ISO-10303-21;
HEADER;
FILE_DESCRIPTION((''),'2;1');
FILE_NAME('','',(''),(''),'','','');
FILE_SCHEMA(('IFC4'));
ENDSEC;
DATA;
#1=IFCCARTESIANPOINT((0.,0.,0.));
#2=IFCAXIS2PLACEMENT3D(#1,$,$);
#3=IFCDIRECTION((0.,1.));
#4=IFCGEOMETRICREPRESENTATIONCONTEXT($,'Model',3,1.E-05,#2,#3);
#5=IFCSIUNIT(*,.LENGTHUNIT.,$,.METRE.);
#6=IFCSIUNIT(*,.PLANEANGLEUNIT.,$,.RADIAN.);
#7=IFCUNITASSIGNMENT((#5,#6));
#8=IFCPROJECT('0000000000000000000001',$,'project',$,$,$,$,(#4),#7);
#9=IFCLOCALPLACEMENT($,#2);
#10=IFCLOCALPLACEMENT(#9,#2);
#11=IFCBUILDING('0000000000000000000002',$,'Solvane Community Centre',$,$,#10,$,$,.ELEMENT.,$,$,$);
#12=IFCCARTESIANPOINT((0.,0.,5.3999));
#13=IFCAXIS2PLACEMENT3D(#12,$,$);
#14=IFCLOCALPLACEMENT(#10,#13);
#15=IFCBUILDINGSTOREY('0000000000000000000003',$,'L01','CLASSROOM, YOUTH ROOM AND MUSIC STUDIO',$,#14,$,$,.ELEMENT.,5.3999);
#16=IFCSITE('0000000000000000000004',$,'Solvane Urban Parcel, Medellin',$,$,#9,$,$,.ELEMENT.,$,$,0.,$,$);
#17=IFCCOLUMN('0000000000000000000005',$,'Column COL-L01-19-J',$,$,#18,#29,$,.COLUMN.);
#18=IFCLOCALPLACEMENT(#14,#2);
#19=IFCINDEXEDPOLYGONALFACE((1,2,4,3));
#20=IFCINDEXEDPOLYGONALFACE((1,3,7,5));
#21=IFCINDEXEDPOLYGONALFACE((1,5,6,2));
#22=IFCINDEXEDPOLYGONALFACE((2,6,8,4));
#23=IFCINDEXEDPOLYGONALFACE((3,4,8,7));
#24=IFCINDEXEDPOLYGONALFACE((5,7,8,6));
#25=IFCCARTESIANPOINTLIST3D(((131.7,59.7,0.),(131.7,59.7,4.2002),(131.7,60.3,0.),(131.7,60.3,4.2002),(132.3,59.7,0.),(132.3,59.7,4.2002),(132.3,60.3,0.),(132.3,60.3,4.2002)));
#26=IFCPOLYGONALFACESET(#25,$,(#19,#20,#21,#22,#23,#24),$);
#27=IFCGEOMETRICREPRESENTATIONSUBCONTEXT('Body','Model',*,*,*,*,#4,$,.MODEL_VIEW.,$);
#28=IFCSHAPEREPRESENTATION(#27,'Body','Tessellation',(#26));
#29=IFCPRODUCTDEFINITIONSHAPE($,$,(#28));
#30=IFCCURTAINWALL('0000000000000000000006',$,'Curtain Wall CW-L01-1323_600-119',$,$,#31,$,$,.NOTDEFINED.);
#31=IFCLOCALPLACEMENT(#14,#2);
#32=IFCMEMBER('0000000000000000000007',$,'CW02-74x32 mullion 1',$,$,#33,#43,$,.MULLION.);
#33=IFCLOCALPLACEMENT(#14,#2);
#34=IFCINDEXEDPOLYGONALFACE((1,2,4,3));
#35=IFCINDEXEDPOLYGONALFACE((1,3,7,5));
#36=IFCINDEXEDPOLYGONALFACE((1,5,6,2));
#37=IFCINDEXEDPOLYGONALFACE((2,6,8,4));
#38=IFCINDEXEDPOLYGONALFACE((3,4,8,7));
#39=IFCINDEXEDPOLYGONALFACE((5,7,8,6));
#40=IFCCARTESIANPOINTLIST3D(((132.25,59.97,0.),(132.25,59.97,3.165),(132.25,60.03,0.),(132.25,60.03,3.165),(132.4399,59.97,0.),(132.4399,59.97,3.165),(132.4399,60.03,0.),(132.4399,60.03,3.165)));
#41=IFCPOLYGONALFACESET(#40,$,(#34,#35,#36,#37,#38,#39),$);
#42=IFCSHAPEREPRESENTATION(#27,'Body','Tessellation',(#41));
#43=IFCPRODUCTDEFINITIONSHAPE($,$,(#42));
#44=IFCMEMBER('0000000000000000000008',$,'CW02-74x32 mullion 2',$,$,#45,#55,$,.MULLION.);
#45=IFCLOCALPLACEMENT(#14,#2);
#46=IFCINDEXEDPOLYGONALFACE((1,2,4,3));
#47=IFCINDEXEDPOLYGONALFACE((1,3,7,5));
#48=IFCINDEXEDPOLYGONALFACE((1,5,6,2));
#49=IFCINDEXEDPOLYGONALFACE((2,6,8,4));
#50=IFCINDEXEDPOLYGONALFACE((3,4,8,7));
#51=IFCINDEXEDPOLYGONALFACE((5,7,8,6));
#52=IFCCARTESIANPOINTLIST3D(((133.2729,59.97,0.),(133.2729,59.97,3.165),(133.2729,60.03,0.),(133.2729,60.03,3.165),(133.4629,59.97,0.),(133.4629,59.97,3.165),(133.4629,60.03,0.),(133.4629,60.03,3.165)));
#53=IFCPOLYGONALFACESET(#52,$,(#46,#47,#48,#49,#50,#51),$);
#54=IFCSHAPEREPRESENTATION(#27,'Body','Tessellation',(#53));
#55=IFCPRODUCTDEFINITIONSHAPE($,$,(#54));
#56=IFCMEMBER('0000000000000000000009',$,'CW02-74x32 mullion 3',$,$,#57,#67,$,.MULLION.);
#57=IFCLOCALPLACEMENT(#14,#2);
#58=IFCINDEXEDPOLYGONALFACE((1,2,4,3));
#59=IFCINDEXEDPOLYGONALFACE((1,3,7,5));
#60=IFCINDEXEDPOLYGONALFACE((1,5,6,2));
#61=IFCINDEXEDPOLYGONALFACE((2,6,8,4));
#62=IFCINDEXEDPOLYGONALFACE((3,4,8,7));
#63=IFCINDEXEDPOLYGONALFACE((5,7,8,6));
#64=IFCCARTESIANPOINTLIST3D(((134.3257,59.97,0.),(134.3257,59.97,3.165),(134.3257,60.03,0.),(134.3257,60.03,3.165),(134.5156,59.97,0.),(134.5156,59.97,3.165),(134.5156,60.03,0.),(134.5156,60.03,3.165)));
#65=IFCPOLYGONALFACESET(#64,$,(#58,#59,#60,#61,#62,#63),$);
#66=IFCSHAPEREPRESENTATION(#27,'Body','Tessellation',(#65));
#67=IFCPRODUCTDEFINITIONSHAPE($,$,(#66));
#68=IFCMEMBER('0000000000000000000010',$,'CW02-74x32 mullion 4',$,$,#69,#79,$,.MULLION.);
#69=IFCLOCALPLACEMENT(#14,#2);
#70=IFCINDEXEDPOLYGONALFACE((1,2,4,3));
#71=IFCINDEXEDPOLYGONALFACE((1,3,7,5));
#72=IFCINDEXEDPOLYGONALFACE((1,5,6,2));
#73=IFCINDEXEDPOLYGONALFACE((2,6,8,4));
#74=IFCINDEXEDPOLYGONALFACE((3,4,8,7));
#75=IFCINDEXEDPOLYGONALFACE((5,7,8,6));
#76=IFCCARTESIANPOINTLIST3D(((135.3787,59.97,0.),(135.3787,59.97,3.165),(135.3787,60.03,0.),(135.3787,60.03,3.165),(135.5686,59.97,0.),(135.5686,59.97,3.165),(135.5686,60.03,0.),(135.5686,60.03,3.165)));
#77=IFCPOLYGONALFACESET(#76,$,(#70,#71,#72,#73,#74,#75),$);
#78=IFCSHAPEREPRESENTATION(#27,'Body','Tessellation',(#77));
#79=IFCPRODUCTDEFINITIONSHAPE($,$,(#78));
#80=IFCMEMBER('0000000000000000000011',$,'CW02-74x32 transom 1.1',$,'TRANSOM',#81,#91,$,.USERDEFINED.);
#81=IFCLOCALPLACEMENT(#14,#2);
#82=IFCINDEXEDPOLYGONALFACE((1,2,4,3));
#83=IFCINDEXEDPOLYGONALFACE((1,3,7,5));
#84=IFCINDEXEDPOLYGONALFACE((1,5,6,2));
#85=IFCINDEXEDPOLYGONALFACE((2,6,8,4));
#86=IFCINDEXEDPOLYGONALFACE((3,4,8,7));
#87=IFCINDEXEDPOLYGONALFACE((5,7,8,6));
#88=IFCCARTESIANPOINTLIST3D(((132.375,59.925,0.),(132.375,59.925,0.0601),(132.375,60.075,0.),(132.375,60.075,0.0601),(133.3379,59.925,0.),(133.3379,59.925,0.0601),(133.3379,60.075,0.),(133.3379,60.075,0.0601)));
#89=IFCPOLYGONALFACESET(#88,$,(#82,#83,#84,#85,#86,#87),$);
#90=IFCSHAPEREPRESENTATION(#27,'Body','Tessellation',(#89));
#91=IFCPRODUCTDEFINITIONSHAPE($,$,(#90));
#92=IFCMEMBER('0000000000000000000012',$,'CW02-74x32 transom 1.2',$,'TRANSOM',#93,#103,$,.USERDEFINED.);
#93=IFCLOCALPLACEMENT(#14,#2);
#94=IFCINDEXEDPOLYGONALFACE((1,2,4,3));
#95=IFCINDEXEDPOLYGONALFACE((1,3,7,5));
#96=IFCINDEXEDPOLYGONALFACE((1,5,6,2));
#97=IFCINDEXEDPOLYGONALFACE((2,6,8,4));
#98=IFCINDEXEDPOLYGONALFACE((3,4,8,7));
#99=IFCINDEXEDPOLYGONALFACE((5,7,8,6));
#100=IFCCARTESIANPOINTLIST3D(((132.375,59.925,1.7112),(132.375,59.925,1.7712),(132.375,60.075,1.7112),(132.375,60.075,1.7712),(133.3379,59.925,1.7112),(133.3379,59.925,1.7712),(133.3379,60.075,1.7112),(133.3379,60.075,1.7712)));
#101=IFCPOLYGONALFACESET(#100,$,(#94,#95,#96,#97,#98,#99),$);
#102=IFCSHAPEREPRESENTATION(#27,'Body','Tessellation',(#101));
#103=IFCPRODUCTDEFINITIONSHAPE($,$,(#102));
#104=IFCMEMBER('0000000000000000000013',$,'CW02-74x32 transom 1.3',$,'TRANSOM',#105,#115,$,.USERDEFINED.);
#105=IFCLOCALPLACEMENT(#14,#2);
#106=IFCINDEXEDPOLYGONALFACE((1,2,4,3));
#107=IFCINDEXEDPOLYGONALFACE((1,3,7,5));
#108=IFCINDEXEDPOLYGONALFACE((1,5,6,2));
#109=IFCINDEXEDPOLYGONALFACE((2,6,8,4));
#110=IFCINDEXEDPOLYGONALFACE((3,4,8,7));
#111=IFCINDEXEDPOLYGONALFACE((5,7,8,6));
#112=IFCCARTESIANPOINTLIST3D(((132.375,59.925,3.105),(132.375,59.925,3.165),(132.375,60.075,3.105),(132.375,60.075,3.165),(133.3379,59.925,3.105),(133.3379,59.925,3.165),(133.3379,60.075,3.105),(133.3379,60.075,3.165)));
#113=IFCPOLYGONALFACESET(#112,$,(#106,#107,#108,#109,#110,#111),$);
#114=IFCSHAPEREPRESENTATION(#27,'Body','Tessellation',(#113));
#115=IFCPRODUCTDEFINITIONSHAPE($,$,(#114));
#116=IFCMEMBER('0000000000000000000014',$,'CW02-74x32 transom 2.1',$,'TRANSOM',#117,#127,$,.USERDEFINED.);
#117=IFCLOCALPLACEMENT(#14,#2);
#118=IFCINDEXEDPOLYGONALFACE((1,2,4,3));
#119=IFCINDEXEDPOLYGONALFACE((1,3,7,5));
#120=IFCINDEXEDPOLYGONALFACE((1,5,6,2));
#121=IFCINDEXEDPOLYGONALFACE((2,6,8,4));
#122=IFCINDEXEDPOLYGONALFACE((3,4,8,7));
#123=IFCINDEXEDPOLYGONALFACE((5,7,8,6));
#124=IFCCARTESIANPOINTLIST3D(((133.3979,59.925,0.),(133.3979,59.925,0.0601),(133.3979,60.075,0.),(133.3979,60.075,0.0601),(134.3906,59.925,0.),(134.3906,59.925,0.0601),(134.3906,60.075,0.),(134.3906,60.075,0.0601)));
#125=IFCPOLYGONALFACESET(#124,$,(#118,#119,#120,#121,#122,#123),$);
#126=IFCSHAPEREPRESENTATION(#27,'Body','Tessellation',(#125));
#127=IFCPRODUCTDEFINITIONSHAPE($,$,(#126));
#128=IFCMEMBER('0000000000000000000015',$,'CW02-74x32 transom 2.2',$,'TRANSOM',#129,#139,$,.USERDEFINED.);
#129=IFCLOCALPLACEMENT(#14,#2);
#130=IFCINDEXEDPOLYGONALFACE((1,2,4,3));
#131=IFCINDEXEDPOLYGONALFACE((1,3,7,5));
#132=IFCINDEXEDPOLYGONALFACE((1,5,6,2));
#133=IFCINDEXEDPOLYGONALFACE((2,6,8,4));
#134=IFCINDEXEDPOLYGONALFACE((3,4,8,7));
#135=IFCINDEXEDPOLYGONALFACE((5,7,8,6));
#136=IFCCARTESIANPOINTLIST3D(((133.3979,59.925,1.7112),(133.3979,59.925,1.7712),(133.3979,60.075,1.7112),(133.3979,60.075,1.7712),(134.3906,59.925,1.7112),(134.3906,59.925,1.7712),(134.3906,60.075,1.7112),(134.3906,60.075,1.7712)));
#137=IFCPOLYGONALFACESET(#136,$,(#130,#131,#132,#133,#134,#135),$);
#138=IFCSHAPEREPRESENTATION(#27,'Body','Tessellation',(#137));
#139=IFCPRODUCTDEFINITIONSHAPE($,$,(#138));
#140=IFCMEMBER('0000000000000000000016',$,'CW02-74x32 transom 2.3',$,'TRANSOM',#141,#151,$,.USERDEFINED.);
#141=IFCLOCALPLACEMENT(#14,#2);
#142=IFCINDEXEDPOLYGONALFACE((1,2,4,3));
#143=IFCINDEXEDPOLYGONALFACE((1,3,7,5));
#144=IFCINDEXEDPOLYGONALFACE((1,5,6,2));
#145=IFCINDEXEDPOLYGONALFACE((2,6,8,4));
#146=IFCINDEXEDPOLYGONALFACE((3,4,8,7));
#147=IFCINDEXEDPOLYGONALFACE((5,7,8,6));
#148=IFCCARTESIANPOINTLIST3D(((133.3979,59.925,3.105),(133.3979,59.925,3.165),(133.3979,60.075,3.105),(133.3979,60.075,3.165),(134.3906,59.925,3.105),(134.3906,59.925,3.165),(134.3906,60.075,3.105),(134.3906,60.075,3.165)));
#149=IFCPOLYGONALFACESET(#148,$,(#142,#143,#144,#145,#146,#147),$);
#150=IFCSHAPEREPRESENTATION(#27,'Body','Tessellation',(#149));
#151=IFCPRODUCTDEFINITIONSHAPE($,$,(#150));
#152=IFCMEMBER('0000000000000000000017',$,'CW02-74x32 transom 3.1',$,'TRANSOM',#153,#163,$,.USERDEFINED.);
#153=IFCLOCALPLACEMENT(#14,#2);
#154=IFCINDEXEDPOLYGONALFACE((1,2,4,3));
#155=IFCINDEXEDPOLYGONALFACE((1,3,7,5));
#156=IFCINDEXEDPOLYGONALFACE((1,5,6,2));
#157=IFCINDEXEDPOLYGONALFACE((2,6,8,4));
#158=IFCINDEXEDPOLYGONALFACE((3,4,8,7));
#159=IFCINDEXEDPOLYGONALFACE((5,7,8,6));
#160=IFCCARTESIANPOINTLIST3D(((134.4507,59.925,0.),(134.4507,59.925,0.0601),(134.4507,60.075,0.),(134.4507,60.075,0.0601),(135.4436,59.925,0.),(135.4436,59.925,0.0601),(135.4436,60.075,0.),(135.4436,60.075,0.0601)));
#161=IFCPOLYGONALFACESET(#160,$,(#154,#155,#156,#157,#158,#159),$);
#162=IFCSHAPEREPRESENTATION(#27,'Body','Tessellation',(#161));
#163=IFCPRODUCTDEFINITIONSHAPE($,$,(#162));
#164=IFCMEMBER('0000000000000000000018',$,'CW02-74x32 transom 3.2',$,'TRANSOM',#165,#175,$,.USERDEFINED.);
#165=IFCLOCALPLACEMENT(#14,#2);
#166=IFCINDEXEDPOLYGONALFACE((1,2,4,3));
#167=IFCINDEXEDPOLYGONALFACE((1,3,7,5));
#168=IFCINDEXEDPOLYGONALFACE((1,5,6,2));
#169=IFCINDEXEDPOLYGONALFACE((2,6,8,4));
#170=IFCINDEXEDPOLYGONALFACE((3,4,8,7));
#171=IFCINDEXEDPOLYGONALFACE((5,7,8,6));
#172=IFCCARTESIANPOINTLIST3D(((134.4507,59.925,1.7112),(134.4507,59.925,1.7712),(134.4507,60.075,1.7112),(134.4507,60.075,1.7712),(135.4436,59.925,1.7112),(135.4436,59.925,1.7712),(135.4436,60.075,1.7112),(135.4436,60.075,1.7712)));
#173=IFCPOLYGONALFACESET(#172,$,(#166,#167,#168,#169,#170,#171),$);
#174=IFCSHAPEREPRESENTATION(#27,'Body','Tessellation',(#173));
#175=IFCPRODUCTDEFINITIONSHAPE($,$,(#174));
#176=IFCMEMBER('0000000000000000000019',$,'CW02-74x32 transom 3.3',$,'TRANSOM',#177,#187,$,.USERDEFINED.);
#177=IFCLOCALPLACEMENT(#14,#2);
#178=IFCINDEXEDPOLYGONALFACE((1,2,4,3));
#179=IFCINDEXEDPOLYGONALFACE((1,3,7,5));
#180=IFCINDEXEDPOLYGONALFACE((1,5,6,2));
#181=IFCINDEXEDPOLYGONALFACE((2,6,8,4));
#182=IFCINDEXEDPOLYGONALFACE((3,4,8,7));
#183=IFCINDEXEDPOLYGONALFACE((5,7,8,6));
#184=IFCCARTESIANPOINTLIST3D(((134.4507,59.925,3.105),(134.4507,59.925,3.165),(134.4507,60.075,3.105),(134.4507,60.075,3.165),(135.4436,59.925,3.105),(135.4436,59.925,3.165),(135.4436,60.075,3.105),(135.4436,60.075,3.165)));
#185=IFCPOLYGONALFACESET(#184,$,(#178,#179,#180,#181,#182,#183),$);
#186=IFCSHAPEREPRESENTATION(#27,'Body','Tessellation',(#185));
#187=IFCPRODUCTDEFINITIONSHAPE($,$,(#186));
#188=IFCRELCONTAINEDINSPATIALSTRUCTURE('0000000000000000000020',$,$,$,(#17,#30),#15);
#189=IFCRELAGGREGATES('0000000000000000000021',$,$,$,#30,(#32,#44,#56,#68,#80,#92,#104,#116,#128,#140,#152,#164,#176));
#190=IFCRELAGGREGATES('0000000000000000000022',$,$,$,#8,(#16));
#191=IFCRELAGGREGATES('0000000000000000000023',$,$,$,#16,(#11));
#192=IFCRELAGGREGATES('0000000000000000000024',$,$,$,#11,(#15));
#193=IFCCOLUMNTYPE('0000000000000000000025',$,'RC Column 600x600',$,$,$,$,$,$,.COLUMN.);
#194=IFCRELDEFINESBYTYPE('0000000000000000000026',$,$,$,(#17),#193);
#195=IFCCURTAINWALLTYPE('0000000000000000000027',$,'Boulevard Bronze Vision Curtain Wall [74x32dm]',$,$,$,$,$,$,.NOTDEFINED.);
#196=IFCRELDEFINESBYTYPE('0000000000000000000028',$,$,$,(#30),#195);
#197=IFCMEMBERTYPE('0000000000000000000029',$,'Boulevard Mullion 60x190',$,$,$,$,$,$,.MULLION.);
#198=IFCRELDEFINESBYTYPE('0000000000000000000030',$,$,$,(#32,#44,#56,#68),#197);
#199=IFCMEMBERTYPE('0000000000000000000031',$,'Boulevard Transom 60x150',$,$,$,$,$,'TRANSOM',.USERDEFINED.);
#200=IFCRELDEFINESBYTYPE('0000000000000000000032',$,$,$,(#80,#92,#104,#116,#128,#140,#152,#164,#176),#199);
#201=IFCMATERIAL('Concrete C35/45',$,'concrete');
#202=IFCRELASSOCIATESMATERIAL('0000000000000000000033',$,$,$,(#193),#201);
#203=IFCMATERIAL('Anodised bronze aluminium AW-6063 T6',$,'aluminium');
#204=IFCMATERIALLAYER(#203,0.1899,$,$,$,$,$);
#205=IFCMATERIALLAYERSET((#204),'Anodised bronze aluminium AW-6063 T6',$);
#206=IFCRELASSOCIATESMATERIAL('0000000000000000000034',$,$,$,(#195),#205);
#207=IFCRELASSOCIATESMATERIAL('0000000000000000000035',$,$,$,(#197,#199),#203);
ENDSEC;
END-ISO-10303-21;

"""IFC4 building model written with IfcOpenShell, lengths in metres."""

from ifc_helpers import new_model, si_unit, direction, frame, origin, origin_2d, place, context, subcontext, project, spatial, rectangle, extrude, material, layer, layer_set, material_profile, profile_set, type_object, element, aggregate, save


model = new_model("IFC4")

# Units and contexts
model_context = context("Model", 3, precision=1e-05, world=origin(), true_north=direction((0.0, 1.0)))
body_context = subcontext(model_context, "Body", "Model", "MODEL_VIEW")
ifc_project = project(units=[si_unit("LENGTHUNIT", "METRE"), si_unit("PLANEANGLEUNIT", "RADIAN")], contexts=[model_context])

# Site, building, storey
site_placement = place(None, origin())
site = spatial("IfcSite", under=ifc_project, at=site_placement, Name="Solvane Urban Parcel, Medellin", CompositionType="ELEMENT", RefElevation=0.0)
building_placement = place(site_placement, origin())
building = spatial("IfcBuilding", under=site, at=building_placement, Name="Solvane Community Centre", CompositionType="ELEMENT")
storey_placement = place(building_placement, frame((0.0, 0.0, 5.3999)))
storey = spatial("IfcBuildingStorey", under=building, at=storey_placement, Name="L01", Description="CLASSROOM, YOUTH ROOM AND MUSIC STUDIO", CompositionType="ELEMENT", Elevation=5.3999)

# Column
ifc_material_1 = material(Name="Concrete C35/45", Category="concrete")
ifc_material_profile_1 = material_profile(ifc_material_1, rectangle(XDim=0.6001, YDim=0.6001, at=origin_2d()), Name="RC 600x600")
ifc_profile_set_1 = profile_set([ifc_material_profile_1], Name="Concrete C35/45")
column_type = type_object("IfcColumnType", Name="RC Column 600x600", PredefinedType="COLUMN", material=ifc_profile_set_1)
column_placement = place(storey_placement, frame((132.0, 60.0, 0.0), z_axis=(0.0, 0.0, 1.0), x_axis=(1.0, 0.0, 0.0)))
element("IfcColumn", 1, at=column_placement, inside=storey, type_object=column_type, Name="Column COL-L01-19-J", PredefinedType="COLUMN", context=body_context, shape_type="SweptSolid", body=[
    extrude(rectangle(XDim=0.6001, YDim=0.6001, at=origin_2d()), origin(), (0.0, 0.0, 1.0), 4.2002),
])

# Curtain wall, members
ifc_material_2 = material(Name="Anodised bronze aluminium AW-6063 T6", Category="aluminium")
ifc_layer_1 = layer(ifc_material_2, 0.1899)
ifc_layer_set_1 = layer_set([ifc_layer_1], Name="Anodised bronze aluminium AW-6063 T6")
curtain_wall_type = type_object("IfcCurtainWallType", Name="Boulevard Bronze Vision Curtain Wall [74x32dm]", PredefinedType="NOTDEFINED", material=ifc_layer_set_1)
curtain_wall_placement = place(storey_placement, origin())
curtain_wall = element("IfcCurtainWall", 2, at=curtain_wall_placement, inside=storey, type_object=curtain_wall_type, Name="Curtain Wall CW-L01-1323_600-119", PredefinedType="NOTDEFINED")
ifc_material_profile_2 = material_profile(ifc_material_2, rectangle(XDim=0.0601, YDim=0.1899, at=origin_2d()), Name="CW-M 60x190")
ifc_profile_set_2 = profile_set([ifc_material_profile_2], Name="Anodised bronze aluminium AW-6063 T6")
member_type_1 = type_object("IfcMemberType", Name="Boulevard Mullion 60x190", PredefinedType="MULLION", material=ifc_profile_set_2)
member_1_placement = place(storey_placement, frame((132.345, 60.0, 0.0), z_axis=(0.0, 0.0, 1.0), x_axis=(0.0, 1.0, 0.0)))
member_1 = element("IfcMember", 3, at=member_1_placement, type_object=member_type_1, Name="CW02-74x32 mullion 1", PredefinedType="MULLION", context=body_context, shape_type="SweptSolid", body=[
    extrude(rectangle(XDim=0.0601, YDim=0.1899, at=origin_2d()), origin(), (0.0, 0.0, 1.0), 3.165),
])
member_2_placement = place(storey_placement, frame((133.3679, 60.0, 0.0), z_axis=(0.0, 0.0, 1.0), x_axis=(0.0, 1.0, 0.0)))
member_2 = element("IfcMember", 4, at=member_2_placement, type_object=member_type_1, Name="CW02-74x32 mullion 2", PredefinedType="MULLION", context=body_context, shape_type="SweptSolid", body=[
    extrude(rectangle(XDim=0.0601, YDim=0.1899, at=origin_2d()), origin(), (0.0, 0.0, 1.0), 3.165),
])
member_3_placement = place(storey_placement, frame((134.4207, 60.0, 0.0), z_axis=(0.0, 0.0, 1.0), x_axis=(0.0, 1.0, 0.0)))
member_3 = element("IfcMember", 5, at=member_3_placement, type_object=member_type_1, Name="CW02-74x32 mullion 3", PredefinedType="MULLION", context=body_context, shape_type="SweptSolid", body=[
    extrude(rectangle(XDim=0.0601, YDim=0.1899, at=origin_2d()), origin(), (0.0, 0.0, 1.0), 3.165),
])
member_4_placement = place(storey_placement, frame((135.4736, 60.0, 0.0), z_axis=(0.0, 0.0, 1.0), x_axis=(0.0, 1.0, 0.0)))
member_4 = element("IfcMember", 6, at=member_4_placement, type_object=member_type_1, Name="CW02-74x32 mullion 4", PredefinedType="MULLION", context=body_context, shape_type="SweptSolid", body=[
    extrude(rectangle(XDim=0.0601, YDim=0.1899, at=origin_2d()), origin(), (0.0, 0.0, 1.0), 3.165),
])
ifc_material_profile_3 = material_profile(ifc_material_2, rectangle(XDim=0.1499, YDim=0.0601, at=origin_2d()), Name="CW-T 60x150")
ifc_profile_set_3 = profile_set([ifc_material_profile_3], Name="Anodised bronze aluminium AW-6063 T6")
member_type_2 = type_object("IfcMemberType", Name="Boulevard Transom 60x150", ElementType="TRANSOM", PredefinedType="USERDEFINED", material=ifc_profile_set_3)
member_5_placement = place(storey_placement, frame((132.375, 60.0, 0.03), z_axis=(1.0, 0.0, 0.0), x_axis=(0.0, 1.0, 0.0)))
member_5 = element("IfcMember", 7, at=member_5_placement, type_object=member_type_2, Name="CW02-74x32 transom 1.1", ObjectType="TRANSOM", PredefinedType="USERDEFINED", context=body_context, shape_type="SweptSolid", body=[
    extrude(rectangle(XDim=0.1499, YDim=0.0601, at=origin_2d()), origin(), (0.0, 0.0, 1.0), 0.9629),
])
member_6_placement = place(storey_placement, frame((132.375, 60.0, 1.7412), z_axis=(1.0, 0.0, 0.0), x_axis=(0.0, 1.0, 0.0)))
member_6 = element("IfcMember", 8, at=member_6_placement, type_object=member_type_2, Name="CW02-74x32 transom 1.2", ObjectType="TRANSOM", PredefinedType="USERDEFINED", context=body_context, shape_type="SweptSolid", body=[
    extrude(rectangle(XDim=0.1499, YDim=0.0601, at=origin_2d()), origin(), (0.0, 0.0, 1.0), 0.9629),
])
member_7_placement = place(storey_placement, frame((132.375, 60.0, 3.135), z_axis=(1.0, 0.0, 0.0), x_axis=(0.0, 1.0, 0.0)))
member_7 = element("IfcMember", 9, at=member_7_placement, type_object=member_type_2, Name="CW02-74x32 transom 1.3", ObjectType="TRANSOM", PredefinedType="USERDEFINED", context=body_context, shape_type="SweptSolid", body=[
    extrude(rectangle(XDim=0.1499, YDim=0.0601, at=origin_2d()), origin(), (0.0, 0.0, 1.0), 0.9629),
])
member_8_placement = place(storey_placement, frame((133.3979, 60.0, 0.03), z_axis=(1.0, 0.0, 0.0), x_axis=(0.0, 1.0, 0.0)))
member_8 = element("IfcMember", 10, at=member_8_placement, type_object=member_type_2, Name="CW02-74x32 transom 2.1", ObjectType="TRANSOM", PredefinedType="USERDEFINED", context=body_context, shape_type="SweptSolid", body=[
    extrude(rectangle(XDim=0.1499, YDim=0.0601, at=origin_2d()), origin(), (0.0, 0.0, 1.0), 0.9927),
])
member_9_placement = place(storey_placement, frame((133.3979, 60.0, 1.7412), z_axis=(1.0, 0.0, 0.0), x_axis=(0.0, 1.0, 0.0)))
member_9 = element("IfcMember", 11, at=member_9_placement, type_object=member_type_2, Name="CW02-74x32 transom 2.2", ObjectType="TRANSOM", PredefinedType="USERDEFINED", context=body_context, shape_type="SweptSolid", body=[
    extrude(rectangle(XDim=0.1499, YDim=0.0601, at=origin_2d()), origin(), (0.0, 0.0, 1.0), 0.9927),
])
member_10_placement = place(storey_placement, frame((133.3979, 60.0, 3.135), z_axis=(1.0, 0.0, 0.0), x_axis=(0.0, 1.0, 0.0)))
member_10 = element("IfcMember", 12, at=member_10_placement, type_object=member_type_2, Name="CW02-74x32 transom 2.3", ObjectType="TRANSOM", PredefinedType="USERDEFINED", context=body_context, shape_type="SweptSolid", body=[
    extrude(rectangle(XDim=0.1499, YDim=0.0601, at=origin_2d()), origin(), (0.0, 0.0, 1.0), 0.9927),
])
member_11_placement = place(storey_placement, frame((134.4507, 60.0, 0.03), z_axis=(1.0, 0.0, 0.0), x_axis=(0.0, 1.0, 0.0)))
member_11 = element("IfcMember", 13, at=member_11_placement, type_object=member_type_2, Name="CW02-74x32 transom 3.1", ObjectType="TRANSOM", PredefinedType="USERDEFINED", context=body_context, shape_type="SweptSolid", body=[
    extrude(rectangle(XDim=0.1499, YDim=0.0601, at=origin_2d()), origin(), (0.0, 0.0, 1.0), 0.9929),
])
member_12_placement = place(storey_placement, frame((134.4507, 60.0, 1.7412), z_axis=(1.0, 0.0, 0.0), x_axis=(0.0, 1.0, 0.0)))
member_12 = element("IfcMember", 14, at=member_12_placement, type_object=member_type_2, Name="CW02-74x32 transom 3.2", ObjectType="TRANSOM", PredefinedType="USERDEFINED", context=body_context, shape_type="SweptSolid", body=[
    extrude(rectangle(XDim=0.1499, YDim=0.0601, at=origin_2d()), origin(), (0.0, 0.0, 1.0), 0.9929),
])
member_13_placement = place(storey_placement, frame((134.4507, 60.0, 3.135), z_axis=(1.0, 0.0, 0.0), x_axis=(0.0, 1.0, 0.0)))
member_13 = element("IfcMember", 15, at=member_13_placement, type_object=member_type_2, Name="CW02-74x32 transom 3.3", ObjectType="TRANSOM", PredefinedType="USERDEFINED", context=body_context, shape_type="SweptSolid", body=[
    extrude(rectangle(XDim=0.1499, YDim=0.0601, at=origin_2d()), origin(), (0.0, 0.0, 1.0), 0.9929),
])

aggregate(curtain_wall, [member_1, member_2, member_3, member_4, member_5, member_6, member_7, member_8, member_9, member_10, member_11, member_12, member_13])

save(model, "model.ifc")
